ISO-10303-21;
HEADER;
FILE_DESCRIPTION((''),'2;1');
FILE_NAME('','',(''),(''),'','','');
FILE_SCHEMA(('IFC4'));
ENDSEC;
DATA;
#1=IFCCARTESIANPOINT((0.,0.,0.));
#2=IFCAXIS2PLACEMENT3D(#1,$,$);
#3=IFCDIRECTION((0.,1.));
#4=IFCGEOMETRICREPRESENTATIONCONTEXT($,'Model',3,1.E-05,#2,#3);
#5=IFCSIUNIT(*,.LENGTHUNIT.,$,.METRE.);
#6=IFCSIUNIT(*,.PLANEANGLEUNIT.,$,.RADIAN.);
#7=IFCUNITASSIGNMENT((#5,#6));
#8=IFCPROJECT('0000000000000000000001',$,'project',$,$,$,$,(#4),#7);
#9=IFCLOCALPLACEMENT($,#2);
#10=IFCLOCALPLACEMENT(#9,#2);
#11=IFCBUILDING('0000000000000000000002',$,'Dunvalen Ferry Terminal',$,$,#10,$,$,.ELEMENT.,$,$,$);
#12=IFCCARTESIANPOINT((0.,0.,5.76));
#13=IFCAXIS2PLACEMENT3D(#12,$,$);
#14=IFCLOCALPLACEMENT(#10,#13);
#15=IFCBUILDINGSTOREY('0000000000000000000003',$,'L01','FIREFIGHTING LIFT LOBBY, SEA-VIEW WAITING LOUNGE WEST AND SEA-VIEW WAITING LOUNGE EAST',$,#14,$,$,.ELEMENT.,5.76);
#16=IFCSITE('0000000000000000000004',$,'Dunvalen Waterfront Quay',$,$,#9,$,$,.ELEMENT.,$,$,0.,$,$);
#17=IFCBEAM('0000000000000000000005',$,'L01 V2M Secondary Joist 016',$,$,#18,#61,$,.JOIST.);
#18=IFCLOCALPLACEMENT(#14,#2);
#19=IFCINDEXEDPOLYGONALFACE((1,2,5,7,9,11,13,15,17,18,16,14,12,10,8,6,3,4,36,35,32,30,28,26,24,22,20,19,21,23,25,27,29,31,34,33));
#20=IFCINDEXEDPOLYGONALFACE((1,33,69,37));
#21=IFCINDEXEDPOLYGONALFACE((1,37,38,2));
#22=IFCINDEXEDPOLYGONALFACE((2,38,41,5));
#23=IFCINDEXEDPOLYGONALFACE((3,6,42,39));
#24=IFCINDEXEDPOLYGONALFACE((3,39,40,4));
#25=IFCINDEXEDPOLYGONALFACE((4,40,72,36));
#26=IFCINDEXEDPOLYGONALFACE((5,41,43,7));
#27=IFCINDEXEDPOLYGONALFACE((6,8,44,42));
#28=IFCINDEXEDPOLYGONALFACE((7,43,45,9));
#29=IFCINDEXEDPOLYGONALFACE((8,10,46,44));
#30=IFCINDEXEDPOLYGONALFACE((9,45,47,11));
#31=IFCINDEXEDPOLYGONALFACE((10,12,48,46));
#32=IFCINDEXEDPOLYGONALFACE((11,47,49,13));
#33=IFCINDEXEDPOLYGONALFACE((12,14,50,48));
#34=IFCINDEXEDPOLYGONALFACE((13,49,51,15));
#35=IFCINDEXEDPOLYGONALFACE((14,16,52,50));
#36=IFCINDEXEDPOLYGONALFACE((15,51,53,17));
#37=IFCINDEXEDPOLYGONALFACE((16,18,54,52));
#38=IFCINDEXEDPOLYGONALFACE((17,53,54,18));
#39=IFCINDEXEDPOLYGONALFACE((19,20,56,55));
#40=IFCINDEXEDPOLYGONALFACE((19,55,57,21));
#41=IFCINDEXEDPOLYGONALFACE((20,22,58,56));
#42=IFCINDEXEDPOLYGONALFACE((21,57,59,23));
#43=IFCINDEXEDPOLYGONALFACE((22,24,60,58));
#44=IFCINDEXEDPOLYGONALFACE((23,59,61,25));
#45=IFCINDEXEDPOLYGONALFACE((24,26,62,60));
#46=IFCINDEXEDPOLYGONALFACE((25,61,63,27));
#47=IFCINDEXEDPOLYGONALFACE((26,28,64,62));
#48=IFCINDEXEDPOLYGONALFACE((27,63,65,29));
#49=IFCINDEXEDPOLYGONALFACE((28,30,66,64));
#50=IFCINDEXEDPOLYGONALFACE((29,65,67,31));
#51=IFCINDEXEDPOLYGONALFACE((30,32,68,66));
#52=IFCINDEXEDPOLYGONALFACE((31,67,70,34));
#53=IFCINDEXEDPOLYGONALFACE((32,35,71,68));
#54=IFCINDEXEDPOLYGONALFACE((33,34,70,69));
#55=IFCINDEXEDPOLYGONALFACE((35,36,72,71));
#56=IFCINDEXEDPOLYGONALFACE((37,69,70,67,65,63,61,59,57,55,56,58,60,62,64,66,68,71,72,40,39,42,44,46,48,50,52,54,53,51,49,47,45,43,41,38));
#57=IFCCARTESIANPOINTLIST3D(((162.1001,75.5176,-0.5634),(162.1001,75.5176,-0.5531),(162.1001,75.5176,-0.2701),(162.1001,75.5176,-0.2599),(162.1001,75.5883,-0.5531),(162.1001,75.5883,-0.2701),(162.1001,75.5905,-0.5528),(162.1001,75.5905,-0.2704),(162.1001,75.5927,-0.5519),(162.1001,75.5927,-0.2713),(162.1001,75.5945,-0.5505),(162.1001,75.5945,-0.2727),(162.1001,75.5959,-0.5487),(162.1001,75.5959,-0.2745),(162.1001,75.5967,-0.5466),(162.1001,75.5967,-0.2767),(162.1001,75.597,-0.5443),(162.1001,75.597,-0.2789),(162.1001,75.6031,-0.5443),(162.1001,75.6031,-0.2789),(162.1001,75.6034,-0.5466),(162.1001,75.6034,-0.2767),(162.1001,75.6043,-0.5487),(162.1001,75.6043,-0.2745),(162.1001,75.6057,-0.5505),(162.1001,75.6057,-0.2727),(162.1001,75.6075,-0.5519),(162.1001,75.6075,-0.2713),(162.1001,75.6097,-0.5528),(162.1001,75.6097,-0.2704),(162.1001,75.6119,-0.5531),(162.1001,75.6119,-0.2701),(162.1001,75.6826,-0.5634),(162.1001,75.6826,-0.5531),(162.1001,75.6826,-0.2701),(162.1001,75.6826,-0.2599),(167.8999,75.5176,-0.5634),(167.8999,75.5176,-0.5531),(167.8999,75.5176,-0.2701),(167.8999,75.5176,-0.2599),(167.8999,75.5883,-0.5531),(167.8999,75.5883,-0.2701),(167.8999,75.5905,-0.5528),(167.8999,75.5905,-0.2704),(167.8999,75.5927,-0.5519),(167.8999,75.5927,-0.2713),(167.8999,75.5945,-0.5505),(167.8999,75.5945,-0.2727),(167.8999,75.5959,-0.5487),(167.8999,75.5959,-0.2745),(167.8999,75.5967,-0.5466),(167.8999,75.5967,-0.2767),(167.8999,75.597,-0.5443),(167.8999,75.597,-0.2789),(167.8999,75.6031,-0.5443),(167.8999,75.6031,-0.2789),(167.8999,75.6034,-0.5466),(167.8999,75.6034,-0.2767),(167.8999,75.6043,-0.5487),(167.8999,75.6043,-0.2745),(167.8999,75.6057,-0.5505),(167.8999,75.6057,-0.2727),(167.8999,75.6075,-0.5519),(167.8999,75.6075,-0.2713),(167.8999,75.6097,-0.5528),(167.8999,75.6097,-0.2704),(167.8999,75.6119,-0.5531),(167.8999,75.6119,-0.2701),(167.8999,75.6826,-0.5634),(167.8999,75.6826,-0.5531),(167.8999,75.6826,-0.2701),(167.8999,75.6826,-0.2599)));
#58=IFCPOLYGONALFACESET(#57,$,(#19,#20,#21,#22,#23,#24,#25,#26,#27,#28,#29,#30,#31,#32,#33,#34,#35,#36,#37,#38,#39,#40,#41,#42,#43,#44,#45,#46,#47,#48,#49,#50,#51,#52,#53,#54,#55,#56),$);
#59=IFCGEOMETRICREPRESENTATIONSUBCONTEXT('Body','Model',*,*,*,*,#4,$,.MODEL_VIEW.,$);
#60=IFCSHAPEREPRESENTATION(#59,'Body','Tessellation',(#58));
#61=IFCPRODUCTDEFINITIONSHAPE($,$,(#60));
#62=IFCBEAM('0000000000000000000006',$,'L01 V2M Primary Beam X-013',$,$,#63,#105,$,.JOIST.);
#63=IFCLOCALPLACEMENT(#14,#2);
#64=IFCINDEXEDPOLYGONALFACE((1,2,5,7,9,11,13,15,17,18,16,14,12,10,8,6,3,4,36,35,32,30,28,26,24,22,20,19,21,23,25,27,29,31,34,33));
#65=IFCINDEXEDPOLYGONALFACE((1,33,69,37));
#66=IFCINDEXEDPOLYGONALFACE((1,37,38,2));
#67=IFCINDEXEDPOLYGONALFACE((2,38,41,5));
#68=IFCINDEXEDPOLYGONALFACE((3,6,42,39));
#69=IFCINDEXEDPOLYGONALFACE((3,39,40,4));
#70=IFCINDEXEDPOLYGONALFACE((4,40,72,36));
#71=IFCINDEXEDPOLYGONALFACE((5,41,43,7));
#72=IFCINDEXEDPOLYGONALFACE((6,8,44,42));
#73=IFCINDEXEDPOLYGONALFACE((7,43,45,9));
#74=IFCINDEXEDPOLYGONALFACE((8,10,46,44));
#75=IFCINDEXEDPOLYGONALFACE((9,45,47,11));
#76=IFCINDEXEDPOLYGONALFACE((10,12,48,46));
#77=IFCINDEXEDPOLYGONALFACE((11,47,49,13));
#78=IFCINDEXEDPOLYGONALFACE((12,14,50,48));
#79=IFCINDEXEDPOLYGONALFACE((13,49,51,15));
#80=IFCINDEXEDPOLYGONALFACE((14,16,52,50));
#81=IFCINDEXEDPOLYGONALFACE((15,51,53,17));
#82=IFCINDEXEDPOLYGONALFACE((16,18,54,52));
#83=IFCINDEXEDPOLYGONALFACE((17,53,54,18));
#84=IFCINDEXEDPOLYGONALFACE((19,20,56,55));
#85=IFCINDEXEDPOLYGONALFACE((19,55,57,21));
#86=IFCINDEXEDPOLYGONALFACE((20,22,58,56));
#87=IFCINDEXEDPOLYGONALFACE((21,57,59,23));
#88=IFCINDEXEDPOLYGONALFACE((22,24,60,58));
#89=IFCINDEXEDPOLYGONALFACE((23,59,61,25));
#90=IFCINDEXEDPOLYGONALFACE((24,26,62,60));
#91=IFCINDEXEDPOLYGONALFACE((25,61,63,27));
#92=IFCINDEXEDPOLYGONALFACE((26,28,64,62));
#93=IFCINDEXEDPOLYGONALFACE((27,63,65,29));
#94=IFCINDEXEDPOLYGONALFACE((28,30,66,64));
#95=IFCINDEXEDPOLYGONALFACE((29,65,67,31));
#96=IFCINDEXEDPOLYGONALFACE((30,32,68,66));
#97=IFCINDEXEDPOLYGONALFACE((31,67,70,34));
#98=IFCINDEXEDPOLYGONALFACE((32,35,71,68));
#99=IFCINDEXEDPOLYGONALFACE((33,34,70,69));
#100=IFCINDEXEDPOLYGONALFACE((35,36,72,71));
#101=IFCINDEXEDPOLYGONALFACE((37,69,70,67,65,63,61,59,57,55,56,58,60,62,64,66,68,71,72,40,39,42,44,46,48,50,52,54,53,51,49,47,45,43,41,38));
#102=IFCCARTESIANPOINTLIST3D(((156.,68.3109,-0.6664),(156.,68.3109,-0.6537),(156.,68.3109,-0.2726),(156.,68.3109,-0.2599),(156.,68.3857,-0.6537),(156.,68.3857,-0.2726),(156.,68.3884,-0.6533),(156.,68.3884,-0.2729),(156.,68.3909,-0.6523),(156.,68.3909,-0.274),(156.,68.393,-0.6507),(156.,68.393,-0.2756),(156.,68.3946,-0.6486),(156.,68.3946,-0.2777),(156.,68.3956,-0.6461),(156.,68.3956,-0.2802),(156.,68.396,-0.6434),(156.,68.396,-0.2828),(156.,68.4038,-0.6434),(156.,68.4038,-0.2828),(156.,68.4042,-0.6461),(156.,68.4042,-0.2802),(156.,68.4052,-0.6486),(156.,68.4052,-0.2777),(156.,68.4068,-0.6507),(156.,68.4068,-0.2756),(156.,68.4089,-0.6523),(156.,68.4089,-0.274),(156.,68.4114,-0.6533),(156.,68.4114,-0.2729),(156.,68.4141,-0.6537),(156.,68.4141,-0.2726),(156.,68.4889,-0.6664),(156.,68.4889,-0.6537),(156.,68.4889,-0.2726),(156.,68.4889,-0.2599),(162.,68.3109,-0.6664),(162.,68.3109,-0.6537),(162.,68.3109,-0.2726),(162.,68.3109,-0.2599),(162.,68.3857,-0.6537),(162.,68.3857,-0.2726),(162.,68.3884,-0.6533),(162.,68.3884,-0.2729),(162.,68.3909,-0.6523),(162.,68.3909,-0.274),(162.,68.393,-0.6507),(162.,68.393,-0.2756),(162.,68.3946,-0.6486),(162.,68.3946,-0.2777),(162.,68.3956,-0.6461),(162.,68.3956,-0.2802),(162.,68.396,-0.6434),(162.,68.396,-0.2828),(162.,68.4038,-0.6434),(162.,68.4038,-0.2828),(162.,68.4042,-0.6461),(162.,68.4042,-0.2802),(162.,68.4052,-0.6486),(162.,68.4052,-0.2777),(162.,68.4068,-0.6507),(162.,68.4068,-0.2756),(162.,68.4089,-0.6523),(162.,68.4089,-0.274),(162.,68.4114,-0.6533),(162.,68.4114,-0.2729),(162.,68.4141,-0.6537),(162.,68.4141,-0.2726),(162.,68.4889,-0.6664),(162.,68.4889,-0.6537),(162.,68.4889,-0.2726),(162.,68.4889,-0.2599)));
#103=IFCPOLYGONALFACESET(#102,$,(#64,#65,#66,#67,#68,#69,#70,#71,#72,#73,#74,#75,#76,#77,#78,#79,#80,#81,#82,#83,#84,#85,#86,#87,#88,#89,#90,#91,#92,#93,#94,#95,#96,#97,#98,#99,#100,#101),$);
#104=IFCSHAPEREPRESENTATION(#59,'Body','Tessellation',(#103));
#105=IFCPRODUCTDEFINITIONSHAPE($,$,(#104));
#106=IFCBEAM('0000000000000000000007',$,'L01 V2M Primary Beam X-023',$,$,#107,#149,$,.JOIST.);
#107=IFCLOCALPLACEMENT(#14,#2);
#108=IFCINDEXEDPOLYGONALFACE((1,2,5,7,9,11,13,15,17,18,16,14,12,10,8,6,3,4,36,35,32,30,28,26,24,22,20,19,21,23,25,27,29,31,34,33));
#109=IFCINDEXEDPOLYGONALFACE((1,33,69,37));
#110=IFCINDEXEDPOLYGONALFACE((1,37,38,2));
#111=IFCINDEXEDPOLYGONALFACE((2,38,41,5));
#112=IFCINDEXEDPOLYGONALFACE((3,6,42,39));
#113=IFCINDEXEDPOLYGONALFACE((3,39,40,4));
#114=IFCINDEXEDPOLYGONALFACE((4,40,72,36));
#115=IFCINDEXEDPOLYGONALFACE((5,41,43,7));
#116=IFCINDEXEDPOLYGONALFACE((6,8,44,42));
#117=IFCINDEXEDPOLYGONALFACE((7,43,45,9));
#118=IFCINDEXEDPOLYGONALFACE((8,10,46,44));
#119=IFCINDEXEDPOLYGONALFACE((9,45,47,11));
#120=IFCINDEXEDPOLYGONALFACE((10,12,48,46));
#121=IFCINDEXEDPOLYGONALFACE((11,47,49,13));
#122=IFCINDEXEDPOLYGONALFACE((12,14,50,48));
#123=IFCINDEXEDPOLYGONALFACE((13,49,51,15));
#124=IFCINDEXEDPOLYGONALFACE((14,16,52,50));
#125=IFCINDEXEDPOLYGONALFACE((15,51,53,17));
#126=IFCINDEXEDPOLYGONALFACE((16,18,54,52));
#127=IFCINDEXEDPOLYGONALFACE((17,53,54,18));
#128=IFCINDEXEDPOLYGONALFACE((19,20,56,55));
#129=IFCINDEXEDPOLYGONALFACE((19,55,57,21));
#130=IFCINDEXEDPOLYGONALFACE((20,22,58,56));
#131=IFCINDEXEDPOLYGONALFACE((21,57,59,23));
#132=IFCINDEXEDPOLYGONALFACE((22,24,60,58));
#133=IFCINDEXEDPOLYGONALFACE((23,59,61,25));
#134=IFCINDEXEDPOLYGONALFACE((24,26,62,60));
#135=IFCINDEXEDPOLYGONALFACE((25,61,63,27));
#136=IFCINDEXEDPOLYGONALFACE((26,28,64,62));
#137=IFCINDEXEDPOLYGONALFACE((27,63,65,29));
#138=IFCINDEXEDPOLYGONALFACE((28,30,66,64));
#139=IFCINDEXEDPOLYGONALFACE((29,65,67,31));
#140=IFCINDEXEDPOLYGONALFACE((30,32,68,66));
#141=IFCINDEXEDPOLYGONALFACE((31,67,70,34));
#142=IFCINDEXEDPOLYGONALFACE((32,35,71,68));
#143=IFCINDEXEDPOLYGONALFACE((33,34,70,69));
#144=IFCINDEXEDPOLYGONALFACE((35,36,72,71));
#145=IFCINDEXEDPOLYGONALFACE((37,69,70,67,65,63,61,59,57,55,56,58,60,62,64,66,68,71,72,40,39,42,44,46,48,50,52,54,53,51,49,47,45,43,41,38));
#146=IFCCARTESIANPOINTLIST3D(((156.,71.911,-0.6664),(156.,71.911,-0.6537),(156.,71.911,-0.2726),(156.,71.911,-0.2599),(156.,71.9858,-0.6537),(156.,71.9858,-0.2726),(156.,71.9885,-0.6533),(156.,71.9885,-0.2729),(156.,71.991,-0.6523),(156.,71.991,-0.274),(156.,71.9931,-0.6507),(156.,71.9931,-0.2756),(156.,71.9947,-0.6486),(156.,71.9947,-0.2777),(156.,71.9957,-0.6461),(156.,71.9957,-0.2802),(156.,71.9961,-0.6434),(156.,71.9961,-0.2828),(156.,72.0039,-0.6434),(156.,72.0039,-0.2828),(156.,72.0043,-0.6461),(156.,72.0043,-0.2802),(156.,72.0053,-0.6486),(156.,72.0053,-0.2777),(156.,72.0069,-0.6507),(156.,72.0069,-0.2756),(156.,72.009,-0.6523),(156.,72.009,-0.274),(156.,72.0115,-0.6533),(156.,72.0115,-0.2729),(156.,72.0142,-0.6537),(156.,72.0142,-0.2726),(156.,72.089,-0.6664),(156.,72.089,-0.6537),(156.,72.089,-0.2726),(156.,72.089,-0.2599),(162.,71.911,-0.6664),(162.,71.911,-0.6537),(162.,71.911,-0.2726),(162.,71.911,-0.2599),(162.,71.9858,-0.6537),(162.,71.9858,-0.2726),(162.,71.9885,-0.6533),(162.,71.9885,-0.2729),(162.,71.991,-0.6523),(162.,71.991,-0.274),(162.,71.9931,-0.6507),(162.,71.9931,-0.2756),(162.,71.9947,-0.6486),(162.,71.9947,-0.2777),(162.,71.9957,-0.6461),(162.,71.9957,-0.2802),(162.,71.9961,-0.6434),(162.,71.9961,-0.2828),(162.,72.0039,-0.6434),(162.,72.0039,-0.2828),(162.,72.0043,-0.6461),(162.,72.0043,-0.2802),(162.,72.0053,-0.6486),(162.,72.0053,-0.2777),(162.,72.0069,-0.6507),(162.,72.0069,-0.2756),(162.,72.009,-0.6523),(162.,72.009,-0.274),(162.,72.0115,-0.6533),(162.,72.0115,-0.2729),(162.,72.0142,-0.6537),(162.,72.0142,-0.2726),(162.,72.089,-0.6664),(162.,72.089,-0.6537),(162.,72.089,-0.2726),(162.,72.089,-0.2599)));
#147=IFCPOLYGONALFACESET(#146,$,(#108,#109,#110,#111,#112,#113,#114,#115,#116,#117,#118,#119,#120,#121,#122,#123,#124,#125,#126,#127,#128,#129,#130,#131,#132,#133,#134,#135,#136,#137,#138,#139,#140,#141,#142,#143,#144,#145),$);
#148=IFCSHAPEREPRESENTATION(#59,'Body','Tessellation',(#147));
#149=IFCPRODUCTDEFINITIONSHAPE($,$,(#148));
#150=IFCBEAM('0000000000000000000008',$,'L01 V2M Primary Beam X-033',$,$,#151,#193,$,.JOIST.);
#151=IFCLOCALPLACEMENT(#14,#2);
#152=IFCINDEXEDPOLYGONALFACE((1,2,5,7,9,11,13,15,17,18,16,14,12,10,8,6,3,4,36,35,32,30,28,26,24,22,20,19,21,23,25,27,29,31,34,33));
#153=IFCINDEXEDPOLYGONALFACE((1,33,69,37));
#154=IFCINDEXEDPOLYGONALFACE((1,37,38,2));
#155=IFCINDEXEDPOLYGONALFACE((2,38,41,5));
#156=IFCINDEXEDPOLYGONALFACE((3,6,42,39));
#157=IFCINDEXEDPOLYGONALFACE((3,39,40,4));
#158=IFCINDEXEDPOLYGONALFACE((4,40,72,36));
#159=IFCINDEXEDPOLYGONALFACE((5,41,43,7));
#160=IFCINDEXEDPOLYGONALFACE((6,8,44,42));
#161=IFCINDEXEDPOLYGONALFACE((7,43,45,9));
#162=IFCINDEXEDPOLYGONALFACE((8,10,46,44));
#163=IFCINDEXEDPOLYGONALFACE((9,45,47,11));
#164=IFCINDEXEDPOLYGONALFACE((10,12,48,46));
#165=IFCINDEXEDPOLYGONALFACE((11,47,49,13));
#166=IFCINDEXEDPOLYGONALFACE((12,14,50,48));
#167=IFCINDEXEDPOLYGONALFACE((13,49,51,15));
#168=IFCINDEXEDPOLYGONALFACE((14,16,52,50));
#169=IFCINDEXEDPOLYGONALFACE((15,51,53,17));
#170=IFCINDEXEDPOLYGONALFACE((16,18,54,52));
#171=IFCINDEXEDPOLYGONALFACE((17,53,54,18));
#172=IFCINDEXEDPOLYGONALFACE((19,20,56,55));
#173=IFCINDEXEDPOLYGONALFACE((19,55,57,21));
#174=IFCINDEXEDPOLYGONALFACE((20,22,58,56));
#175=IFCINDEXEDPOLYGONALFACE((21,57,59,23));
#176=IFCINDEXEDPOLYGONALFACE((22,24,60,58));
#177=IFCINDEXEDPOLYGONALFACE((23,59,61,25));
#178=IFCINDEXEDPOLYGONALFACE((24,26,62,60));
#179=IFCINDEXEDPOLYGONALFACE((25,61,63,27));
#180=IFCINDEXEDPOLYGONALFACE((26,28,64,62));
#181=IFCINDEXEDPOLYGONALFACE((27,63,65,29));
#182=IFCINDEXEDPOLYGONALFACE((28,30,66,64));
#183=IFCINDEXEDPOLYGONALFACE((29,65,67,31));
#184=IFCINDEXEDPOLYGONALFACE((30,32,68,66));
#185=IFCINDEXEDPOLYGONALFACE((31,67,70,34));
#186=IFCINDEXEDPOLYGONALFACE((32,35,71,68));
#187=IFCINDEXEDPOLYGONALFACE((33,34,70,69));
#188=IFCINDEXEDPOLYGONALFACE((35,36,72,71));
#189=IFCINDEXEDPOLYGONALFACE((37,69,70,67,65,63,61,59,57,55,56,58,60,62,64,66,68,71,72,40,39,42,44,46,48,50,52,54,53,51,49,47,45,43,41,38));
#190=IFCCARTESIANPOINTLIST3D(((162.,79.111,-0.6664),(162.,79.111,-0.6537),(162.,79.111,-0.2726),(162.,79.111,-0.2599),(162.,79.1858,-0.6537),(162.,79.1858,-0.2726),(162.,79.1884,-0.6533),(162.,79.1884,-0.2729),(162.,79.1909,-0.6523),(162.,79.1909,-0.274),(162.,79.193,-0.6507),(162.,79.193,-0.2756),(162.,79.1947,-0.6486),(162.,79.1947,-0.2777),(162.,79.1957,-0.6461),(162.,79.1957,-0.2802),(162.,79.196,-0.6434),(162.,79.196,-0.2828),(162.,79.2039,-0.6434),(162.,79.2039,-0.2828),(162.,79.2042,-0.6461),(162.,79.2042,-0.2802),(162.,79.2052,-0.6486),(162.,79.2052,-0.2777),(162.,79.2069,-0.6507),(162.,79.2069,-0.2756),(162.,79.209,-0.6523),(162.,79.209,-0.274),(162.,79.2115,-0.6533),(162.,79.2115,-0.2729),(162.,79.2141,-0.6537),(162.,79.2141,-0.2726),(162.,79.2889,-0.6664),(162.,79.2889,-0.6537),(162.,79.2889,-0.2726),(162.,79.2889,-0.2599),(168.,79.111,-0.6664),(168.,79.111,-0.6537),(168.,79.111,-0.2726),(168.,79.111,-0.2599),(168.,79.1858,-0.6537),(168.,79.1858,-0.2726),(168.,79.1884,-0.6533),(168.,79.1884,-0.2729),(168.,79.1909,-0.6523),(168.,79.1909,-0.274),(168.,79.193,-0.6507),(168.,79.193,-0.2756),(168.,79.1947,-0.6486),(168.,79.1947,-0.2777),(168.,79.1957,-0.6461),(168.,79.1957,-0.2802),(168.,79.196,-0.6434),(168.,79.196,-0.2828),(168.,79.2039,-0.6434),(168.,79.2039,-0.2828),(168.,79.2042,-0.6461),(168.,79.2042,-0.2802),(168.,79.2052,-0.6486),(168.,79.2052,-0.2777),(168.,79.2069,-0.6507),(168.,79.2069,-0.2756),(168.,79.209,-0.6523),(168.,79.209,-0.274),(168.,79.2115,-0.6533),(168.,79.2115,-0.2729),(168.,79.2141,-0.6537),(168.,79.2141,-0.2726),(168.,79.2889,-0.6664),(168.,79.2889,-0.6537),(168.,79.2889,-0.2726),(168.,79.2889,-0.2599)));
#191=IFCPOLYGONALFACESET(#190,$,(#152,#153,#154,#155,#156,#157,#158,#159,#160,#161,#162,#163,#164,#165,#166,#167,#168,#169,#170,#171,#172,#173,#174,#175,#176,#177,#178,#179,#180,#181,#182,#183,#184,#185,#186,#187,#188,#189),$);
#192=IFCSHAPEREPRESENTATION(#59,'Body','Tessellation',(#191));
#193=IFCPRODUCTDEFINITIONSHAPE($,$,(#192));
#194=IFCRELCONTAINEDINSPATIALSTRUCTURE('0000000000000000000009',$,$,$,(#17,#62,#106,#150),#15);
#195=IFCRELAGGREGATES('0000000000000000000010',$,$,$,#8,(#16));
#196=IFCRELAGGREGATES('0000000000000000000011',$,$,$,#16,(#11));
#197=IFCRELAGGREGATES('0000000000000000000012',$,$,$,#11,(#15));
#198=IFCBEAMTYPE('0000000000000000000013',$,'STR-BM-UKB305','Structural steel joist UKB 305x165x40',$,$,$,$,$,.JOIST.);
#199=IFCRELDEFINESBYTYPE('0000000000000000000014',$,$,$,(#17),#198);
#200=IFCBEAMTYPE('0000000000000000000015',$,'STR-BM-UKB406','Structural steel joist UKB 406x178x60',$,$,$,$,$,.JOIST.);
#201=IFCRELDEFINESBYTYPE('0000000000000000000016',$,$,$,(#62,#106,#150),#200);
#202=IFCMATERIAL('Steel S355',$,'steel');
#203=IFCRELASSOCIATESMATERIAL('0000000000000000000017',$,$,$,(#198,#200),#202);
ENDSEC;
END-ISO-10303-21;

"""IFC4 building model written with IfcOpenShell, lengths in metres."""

from ifc_helpers import new_model, si_unit, direction, frame, origin, origin_2d, place, context, subcontext, project, spatial, i_section, extrude, material, material_profile, profile_set, type_object, element, save


model = new_model("IFC4")

# Units and contexts
model_context = context("Model", 3, precision=1e-05, world=origin(), true_north=direction((0.0, 1.0)))
body_context = subcontext(model_context, "Body", "Model", "MODEL_VIEW")
ifc_project = project(units=[si_unit("LENGTHUNIT", "METRE"), si_unit("PLANEANGLEUNIT", "RADIAN")], contexts=[model_context])

# Site, building, storey
site_placement = place(None, origin())
site = spatial("IfcSite", under=ifc_project, at=site_placement, Name="Dunvalen Waterfront Quay", CompositionType="ELEMENT", RefElevation=0.0)
building_placement = place(site_placement, origin())
building = spatial("IfcBuilding", under=site, at=building_placement, Name="Dunvalen Ferry Terminal", CompositionType="ELEMENT")
storey_placement = place(building_placement, frame((0.0, 0.0, 5.76)))
storey = spatial("IfcBuildingStorey", under=building, at=storey_placement, Name="L01", Description="FIREFIGHTING LIFT LOBBY, SEA-VIEW WAITING LOUNGE WEST AND SEA-VIEW WAITING LOUNGE EAST", CompositionType="ELEMENT", Elevation=5.76)

# Beams
ifc_material_1 = material(Name="Steel S355", Category="steel")
ifc_material_profile_1 = material_profile(ifc_material_1, i_section(OverallWidth=0.165, OverallDepth=0.3035, WebThickness=0.0061, FlangeThickness=0.0103, FilletRadius=0.0088, at=origin_2d()), Name="Steel S355")
ifc_profile_set_1 = profile_set([ifc_material_profile_1], Name="Steel S355")
beam_type_1 = type_object("IfcBeamType", Name="STR-BM-UKB305", Description="Structural steel joist UKB 305x165x40", PredefinedType="JOIST", material=ifc_profile_set_1)
for number, where, z_axis, x_axis, name in (
    (1, (162.1001, 75.6001, -0.4116), (1.0, 0.0, 0.0), (0.0, 1.0, 0.0), "L01 V2M Secondary Joist 016"),
):
    element("IfcBeam", number, at=place(storey_placement, frame(where, z_axis=z_axis, x_axis=x_axis)), inside=storey, type_object=beam_type_1, Name=name, PredefinedType="JOIST", context=body_context, shape_type="SweptSolid", body=[
        extrude(i_section(OverallWidth=0.165, OverallDepth=0.3035, WebThickness=0.0061, FlangeThickness=0.0103, FilletRadius=0.0088, at=origin_2d()), origin(), (0.0, 0.0, 1.0), 5.7998),
    ])
ifc_material_profile_2 = material_profile(ifc_material_1, i_section(OverallWidth=0.178, OverallDepth=0.4065, WebThickness=0.0078, FlangeThickness=0.0127, FilletRadius=0.0103, at=origin_2d()), Name="Steel S355")
ifc_profile_set_2 = profile_set([ifc_material_profile_2], Name="Steel S355")
beam_type_2 = type_object("IfcBeamType", Name="STR-BM-UKB406", Description="Structural steel joist UKB 406x178x60", PredefinedType="JOIST", material=ifc_profile_set_2)
for number, where, z_axis, x_axis, name in (
    (2, (156.0, 68.3999, -0.4631), (1.0, 0.0, 0.0), (0.0, 1.0, 0.0), "L01 V2M Primary Beam X-013"),
    (3, (156.0, 72.0, -0.4631), (1.0, 0.0, 0.0), (0.0, 1.0, 0.0), "L01 V2M Primary Beam X-023"),
    (4, (162.0, 79.2, -0.4631), (1.0, 0.0, 0.0), (0.0, 1.0, 0.0), "L01 V2M Primary Beam X-033"),
):
    element("IfcBeam", number, at=place(storey_placement, frame(where, z_axis=z_axis, x_axis=x_axis)), inside=storey, type_object=beam_type_2, Name=name, PredefinedType="JOIST", context=body_context, shape_type="SweptSolid", body=[
        extrude(i_section(OverallWidth=0.178, OverallDepth=0.4065, WebThickness=0.0078, FlangeThickness=0.0127, FilletRadius=0.0103, at=origin_2d()), origin(), (0.0, 0.0, 1.0), 6.0),
    ])

save(model, "model.ifc")
